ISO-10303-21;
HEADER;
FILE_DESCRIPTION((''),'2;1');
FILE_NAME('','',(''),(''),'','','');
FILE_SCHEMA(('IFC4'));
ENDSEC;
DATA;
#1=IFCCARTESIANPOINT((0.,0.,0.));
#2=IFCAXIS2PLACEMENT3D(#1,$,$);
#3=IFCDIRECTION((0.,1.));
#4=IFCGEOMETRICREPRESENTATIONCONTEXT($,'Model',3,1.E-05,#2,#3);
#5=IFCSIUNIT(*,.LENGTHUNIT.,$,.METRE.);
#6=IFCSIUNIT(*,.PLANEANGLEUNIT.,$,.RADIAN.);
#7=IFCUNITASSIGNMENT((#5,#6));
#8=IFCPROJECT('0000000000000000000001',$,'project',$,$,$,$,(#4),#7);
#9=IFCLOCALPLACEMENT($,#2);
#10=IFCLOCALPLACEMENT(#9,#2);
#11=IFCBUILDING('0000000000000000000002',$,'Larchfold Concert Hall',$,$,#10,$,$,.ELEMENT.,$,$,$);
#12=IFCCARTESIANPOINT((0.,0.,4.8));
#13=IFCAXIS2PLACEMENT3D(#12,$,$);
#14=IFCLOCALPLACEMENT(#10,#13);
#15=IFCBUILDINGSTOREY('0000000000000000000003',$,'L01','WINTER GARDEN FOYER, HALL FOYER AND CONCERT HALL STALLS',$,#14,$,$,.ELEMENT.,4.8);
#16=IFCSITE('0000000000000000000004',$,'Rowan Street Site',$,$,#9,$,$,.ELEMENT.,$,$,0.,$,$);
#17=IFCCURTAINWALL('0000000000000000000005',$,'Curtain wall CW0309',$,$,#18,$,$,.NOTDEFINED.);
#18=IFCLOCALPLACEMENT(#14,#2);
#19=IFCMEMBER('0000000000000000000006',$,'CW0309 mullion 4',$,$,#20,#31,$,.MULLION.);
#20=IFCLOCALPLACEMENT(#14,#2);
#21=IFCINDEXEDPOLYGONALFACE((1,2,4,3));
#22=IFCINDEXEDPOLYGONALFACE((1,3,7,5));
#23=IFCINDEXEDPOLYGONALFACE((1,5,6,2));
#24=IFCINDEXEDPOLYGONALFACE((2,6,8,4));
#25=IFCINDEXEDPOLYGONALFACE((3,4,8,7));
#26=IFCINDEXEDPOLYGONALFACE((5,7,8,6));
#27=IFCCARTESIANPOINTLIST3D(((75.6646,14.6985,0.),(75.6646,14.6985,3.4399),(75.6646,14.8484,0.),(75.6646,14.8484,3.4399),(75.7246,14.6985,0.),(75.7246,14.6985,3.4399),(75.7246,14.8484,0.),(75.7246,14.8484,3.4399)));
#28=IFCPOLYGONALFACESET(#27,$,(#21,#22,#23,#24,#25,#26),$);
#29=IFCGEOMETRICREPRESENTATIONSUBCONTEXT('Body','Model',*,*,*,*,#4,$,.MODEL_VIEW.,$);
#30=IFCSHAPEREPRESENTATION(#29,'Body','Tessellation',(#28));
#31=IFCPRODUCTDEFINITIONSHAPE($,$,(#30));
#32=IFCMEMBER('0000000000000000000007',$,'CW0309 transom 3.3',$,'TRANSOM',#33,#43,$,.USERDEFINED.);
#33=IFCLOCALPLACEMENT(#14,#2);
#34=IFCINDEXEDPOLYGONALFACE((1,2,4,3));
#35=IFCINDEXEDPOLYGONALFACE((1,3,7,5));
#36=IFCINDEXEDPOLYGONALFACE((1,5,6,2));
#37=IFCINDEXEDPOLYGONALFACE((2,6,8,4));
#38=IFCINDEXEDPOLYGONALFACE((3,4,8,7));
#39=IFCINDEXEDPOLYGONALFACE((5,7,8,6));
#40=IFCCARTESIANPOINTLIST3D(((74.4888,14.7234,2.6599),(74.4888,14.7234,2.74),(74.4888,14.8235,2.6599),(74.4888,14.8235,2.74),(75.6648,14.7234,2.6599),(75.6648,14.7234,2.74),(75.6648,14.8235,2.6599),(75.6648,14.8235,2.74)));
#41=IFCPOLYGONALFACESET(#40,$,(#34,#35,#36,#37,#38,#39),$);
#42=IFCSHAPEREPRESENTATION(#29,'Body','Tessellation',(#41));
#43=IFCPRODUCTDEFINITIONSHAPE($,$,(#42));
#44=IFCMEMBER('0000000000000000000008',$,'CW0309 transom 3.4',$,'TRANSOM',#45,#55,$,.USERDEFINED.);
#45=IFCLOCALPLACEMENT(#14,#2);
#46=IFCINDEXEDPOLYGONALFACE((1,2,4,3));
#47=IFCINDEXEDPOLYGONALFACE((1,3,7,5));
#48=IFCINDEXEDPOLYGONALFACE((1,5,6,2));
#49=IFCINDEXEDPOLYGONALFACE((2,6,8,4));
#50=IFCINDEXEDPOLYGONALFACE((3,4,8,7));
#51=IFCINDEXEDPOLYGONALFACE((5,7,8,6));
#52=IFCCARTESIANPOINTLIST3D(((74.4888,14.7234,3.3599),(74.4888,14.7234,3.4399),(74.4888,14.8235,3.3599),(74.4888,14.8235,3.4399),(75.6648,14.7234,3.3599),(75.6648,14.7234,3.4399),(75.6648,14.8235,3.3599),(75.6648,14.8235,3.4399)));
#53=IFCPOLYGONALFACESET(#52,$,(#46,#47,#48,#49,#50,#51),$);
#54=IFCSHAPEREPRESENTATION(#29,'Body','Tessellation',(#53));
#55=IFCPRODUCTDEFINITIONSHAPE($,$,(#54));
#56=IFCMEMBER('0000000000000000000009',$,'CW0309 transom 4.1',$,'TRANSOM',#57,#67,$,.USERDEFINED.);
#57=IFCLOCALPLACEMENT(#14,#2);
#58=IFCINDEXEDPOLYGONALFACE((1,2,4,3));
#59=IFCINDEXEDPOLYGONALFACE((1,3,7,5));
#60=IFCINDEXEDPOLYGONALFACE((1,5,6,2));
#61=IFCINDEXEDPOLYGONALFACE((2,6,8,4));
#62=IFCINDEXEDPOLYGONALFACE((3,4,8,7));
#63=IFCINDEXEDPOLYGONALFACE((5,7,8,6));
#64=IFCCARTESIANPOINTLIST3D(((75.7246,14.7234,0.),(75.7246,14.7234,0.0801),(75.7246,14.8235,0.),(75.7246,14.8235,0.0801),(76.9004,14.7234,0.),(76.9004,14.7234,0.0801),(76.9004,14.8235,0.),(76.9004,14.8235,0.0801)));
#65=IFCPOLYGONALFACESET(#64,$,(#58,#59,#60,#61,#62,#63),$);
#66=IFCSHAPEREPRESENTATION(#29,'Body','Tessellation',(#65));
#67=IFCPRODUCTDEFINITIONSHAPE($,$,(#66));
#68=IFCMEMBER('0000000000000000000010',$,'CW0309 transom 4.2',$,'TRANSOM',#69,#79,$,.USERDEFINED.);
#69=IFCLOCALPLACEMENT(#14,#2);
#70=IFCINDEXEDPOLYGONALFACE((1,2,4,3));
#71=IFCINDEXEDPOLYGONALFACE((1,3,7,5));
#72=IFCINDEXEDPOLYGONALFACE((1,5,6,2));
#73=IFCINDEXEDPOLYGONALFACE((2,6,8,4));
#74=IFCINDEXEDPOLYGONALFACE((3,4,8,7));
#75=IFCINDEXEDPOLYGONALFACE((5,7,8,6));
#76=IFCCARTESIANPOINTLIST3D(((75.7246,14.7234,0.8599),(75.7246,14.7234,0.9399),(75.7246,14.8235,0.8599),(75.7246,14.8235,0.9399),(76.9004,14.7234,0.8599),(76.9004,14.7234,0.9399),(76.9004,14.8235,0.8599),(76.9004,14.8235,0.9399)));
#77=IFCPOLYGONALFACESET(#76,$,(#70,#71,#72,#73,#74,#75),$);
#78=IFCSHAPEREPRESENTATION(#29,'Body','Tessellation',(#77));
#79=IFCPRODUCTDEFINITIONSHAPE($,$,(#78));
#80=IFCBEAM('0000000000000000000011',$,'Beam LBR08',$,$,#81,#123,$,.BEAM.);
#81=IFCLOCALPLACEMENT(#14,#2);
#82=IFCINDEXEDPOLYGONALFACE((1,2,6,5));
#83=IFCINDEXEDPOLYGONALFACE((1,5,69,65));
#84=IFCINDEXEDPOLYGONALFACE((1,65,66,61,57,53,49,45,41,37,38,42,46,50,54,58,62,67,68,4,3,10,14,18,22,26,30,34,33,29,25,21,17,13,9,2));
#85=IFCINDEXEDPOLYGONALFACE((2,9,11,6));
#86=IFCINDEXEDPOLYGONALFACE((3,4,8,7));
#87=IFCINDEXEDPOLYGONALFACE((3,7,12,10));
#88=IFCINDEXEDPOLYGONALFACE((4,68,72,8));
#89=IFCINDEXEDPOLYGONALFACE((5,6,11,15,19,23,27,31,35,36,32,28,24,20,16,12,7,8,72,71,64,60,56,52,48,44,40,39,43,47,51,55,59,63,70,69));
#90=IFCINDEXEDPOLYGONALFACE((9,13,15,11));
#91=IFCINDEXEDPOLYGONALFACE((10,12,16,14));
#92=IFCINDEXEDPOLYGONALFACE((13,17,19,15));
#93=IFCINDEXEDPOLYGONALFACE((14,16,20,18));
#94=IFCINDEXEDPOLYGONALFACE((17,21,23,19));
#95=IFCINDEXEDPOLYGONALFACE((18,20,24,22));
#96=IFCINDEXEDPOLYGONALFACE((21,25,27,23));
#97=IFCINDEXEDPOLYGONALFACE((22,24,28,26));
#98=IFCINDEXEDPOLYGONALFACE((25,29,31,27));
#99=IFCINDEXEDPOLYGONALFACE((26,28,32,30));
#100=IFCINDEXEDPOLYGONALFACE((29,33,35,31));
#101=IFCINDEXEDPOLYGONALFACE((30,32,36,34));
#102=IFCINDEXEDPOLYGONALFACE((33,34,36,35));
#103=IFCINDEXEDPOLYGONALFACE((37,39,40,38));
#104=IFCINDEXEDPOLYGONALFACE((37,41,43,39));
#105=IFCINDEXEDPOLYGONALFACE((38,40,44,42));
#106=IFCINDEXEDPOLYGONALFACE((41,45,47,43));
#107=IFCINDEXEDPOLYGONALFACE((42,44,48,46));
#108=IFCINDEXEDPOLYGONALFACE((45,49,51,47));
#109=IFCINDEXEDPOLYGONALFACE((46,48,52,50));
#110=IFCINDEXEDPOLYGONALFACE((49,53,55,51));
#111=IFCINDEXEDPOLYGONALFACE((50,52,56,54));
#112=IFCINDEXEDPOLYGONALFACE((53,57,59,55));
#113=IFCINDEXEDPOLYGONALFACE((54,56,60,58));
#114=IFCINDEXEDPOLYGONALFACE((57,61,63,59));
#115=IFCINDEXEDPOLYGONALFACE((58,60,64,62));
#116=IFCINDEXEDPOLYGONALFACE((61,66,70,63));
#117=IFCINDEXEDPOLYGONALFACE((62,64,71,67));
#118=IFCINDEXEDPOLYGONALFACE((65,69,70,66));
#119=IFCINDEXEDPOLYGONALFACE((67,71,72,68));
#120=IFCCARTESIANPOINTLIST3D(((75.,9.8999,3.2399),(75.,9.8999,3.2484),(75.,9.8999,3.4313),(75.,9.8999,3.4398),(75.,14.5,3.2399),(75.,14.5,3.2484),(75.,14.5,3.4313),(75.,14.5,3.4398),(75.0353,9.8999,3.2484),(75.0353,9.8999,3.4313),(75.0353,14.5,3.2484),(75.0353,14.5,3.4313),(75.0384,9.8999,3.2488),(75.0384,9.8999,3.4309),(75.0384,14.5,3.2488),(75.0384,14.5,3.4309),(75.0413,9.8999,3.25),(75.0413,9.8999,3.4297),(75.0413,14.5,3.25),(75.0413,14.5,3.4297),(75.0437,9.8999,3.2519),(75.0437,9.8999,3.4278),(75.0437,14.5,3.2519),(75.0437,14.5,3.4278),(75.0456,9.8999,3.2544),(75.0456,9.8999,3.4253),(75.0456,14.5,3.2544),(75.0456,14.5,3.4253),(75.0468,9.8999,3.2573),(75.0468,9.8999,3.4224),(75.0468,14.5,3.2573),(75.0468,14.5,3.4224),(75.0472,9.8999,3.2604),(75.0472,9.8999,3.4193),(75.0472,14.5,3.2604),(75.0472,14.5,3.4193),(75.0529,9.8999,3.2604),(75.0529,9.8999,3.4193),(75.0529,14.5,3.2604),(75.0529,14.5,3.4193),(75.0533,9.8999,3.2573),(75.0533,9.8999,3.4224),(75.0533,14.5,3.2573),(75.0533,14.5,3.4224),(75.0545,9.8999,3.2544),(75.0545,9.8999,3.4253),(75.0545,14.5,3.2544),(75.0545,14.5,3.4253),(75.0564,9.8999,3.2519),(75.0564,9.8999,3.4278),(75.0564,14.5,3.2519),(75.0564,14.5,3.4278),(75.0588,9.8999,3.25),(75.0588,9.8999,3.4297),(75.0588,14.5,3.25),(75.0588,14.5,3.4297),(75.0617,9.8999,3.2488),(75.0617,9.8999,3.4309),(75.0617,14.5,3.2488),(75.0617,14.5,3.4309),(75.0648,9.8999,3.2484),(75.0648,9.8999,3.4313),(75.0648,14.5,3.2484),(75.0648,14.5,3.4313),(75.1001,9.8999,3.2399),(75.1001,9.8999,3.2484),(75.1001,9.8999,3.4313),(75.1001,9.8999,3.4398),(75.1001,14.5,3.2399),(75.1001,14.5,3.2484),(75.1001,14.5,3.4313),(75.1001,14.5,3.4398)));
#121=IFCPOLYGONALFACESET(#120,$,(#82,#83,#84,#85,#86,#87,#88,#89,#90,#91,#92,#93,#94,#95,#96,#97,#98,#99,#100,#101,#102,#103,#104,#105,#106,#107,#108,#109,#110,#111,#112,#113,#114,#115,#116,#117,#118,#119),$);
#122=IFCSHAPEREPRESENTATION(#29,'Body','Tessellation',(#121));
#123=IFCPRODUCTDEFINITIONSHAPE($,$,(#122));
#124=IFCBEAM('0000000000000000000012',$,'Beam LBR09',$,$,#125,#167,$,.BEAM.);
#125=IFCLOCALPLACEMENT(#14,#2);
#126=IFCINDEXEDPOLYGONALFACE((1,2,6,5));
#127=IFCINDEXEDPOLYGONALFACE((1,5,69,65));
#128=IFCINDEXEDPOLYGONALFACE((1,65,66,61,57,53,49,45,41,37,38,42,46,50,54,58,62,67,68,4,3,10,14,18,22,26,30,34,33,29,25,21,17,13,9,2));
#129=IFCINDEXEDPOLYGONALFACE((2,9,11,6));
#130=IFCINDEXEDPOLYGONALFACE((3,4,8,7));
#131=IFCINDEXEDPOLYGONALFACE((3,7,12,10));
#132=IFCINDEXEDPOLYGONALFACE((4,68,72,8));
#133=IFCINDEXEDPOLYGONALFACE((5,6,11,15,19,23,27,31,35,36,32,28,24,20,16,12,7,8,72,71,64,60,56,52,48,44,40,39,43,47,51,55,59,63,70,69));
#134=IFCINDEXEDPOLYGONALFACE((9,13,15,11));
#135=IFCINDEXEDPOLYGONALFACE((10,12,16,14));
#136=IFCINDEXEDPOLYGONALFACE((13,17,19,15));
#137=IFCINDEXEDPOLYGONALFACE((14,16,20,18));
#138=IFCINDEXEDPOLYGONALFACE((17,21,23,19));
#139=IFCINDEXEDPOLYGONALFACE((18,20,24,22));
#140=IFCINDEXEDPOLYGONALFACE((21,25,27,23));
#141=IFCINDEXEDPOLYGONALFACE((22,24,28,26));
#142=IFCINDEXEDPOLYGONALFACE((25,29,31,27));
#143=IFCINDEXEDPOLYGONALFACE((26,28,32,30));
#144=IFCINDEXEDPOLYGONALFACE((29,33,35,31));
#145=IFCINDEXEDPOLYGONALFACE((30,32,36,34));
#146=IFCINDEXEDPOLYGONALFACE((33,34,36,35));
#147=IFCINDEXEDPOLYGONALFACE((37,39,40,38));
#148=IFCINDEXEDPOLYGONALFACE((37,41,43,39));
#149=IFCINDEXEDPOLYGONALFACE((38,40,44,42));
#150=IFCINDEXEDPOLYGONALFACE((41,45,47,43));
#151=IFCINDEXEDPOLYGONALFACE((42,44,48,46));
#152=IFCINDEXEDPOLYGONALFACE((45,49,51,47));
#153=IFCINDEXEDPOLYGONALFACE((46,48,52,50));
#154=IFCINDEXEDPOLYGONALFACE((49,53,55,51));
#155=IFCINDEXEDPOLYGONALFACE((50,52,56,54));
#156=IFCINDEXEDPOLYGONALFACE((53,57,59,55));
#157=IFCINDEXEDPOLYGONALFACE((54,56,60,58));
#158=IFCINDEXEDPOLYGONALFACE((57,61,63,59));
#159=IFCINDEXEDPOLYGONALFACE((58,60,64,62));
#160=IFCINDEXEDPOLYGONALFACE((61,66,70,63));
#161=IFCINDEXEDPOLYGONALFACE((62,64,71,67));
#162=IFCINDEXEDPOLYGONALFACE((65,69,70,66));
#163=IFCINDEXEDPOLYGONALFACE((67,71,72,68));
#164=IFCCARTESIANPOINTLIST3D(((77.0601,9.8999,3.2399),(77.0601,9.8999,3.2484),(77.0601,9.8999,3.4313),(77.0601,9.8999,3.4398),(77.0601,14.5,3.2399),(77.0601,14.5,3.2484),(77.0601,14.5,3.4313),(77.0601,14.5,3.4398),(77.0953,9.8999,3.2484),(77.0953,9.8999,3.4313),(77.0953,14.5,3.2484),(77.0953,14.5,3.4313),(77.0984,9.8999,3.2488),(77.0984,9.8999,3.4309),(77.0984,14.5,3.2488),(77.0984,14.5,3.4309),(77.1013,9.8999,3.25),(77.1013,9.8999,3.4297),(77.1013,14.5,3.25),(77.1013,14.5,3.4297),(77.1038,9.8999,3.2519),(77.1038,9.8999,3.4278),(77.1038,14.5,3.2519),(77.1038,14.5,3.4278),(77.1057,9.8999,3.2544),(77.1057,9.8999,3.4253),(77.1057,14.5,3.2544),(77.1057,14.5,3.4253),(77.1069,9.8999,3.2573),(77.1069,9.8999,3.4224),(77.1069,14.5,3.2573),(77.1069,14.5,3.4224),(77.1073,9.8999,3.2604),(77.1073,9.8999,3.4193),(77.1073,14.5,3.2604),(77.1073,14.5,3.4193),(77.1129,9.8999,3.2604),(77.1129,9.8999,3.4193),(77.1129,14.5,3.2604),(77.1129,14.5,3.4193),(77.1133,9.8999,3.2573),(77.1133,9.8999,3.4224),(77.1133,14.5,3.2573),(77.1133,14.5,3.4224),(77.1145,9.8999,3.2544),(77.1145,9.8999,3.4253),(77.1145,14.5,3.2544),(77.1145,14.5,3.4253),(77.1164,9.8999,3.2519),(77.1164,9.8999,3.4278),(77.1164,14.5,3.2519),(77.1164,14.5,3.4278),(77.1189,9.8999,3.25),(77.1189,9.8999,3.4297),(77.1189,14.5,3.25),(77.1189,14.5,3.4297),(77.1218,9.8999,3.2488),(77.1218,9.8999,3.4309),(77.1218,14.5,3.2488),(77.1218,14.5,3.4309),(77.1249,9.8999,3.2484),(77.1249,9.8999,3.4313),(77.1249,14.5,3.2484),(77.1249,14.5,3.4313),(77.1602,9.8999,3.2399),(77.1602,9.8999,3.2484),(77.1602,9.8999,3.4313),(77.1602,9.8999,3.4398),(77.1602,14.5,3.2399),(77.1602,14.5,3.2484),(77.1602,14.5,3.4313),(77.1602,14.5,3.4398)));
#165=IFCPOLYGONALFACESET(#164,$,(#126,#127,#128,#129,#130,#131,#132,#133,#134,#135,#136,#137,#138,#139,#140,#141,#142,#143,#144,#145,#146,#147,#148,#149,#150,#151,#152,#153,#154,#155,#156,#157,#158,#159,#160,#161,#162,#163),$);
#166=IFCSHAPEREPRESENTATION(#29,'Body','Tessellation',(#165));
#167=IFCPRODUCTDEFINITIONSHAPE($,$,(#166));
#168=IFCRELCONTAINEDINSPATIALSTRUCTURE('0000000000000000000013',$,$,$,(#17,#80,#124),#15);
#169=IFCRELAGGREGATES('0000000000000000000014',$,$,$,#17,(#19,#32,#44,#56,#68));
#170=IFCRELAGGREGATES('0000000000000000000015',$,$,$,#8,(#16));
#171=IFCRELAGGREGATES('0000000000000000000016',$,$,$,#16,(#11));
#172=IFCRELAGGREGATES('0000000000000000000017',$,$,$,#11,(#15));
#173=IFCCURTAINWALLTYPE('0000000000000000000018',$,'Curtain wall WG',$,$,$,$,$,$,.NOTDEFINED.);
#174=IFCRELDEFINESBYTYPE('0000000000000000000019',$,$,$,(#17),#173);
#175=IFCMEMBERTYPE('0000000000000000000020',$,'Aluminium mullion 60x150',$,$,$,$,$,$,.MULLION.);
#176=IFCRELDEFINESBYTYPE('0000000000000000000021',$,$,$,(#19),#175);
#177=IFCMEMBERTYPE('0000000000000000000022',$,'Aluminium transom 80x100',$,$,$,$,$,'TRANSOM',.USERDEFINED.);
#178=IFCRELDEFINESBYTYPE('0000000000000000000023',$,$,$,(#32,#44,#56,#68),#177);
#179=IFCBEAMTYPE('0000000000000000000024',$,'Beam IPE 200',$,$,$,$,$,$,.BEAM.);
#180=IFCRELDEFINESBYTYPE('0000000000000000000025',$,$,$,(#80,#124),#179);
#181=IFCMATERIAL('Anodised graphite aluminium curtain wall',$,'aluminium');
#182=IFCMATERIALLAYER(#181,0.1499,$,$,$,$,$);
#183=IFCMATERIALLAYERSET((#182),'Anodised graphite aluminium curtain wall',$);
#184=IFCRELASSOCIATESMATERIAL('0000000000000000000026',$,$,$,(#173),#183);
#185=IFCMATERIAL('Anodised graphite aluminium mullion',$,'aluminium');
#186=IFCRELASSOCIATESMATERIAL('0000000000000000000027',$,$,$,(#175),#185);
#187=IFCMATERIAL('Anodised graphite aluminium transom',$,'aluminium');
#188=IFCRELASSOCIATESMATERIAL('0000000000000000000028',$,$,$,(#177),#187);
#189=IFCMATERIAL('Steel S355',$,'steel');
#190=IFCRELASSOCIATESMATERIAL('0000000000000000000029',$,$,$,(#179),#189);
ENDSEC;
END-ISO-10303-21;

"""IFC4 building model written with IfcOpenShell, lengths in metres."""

from ifc_helpers import new_model, si_unit, direction, frame, origin, origin_2d, place, context, subcontext, project, spatial, rectangle, i_section, extrude, material, layer, layer_set, material_profile, profile_set, type_object, element, aggregate, save


model = new_model("IFC4")

# Units and contexts
model_context = context("Model", 3, precision=1e-05, world=origin(), true_north=direction((0.0, 1.0)))
body_context = subcontext(model_context, "Body", "Model", "MODEL_VIEW")
ifc_project = project(units=[si_unit("LENGTHUNIT", "METRE"), si_unit("PLANEANGLEUNIT", "RADIAN")], contexts=[model_context])

# Site, building, storey
site_placement = place(None, origin())
site = spatial("IfcSite", under=ifc_project, at=site_placement, Name="Rowan Street Site", CompositionType="ELEMENT", RefElevation=0.0)
building_placement = place(site_placement, origin())
building = spatial("IfcBuilding", under=site, at=building_placement, Name="Larchfold Concert Hall", CompositionType="ELEMENT")
storey_placement = place(building_placement, frame((0.0, 0.0, 4.8)))
storey = spatial("IfcBuildingStorey", under=building, at=storey_placement, Name="L01", Description="WINTER GARDEN FOYER, HALL FOYER AND CONCERT HALL STALLS", CompositionType="ELEMENT", Elevation=4.8)

# Curtain wall, members
ifc_material_1 = material(Name="Anodised graphite aluminium curtain wall", Category="aluminium")
ifc_layer_1 = layer(ifc_material_1, 0.1499)
ifc_layer_set_1 = layer_set([ifc_layer_1], Name="Anodised graphite aluminium curtain wall")
curtain_wall_type = type_object("IfcCurtainWallType", Name="Curtain wall WG", PredefinedType="NOTDEFINED", material=ifc_layer_set_1)
curtain_wall_placement = place(storey_placement, origin())
curtain_wall = element("IfcCurtainWall", 1, at=curtain_wall_placement, inside=storey, type_object=curtain_wall_type, Name="Curtain wall CW0309", PredefinedType="NOTDEFINED")
ifc_material_2 = material(Name="Anodised graphite aluminium mullion", Category="aluminium")
ifc_material_profile_1 = material_profile(ifc_material_2, rectangle(XDim=0.1499, YDim=0.0601, at=origin_2d()))
ifc_profile_set_1 = profile_set([ifc_material_profile_1], Name="Anodised graphite aluminium mullion")
member_type_1 = type_object("IfcMemberType", Name="Aluminium mullion 60x150", PredefinedType="MULLION", material=ifc_profile_set_1)
member_1_placement = place(storey_placement, frame((75.6946, 14.7734, 0.0), z_axis=(0.0, 0.0, 1.0), x_axis=(0.0, 1.0, 0.0)))
member_1 = element("IfcMember", 2, at=member_1_placement, type_object=member_type_1, Name="CW0309 mullion 4", PredefinedType="MULLION", context=body_context, shape_type="SweptSolid", body=[
    extrude(rectangle(XDim=0.1499, YDim=0.0601, at=origin_2d()), origin(), (0.0, 0.0, 1.0), 3.4399),
])
ifc_material_3 = material(Name="Anodised graphite aluminium transom", Category="aluminium")
ifc_material_profile_2 = material_profile(ifc_material_3, rectangle(XDim=0.1001, YDim=0.0801, at=origin_2d()))
ifc_profile_set_2 = profile_set([ifc_material_profile_2], Name="Anodised graphite aluminium transom")
member_type_2 = type_object("IfcMemberType", Name="Aluminium transom 80x100", ElementType="TRANSOM", PredefinedType="USERDEFINED", material=ifc_profile_set_2)
member_2_placement = place(storey_placement, frame((74.4888, 14.7734, 2.7), z_axis=(1.0, 0.0, 0.0), x_axis=(0.0, 1.0, 0.0)))
member_2 = element("IfcMember", 3, at=member_2_placement, type_object=member_type_2, Name="CW0309 transom 3.3", ObjectType="TRANSOM", PredefinedType="USERDEFINED", context=body_context, shape_type="SweptSolid", body=[
    extrude(rectangle(XDim=0.1001, YDim=0.0801, at=origin_2d()), origin(), (0.0, 0.0, 1.0), 1.176),
])
member_3_placement = place(storey_placement, frame((74.4888, 14.7734, 3.3999), z_axis=(1.0, 0.0, 0.0), x_axis=(0.0, 1.0, 0.0)))
member_3 = element("IfcMember", 4, at=member_3_placement, type_object=member_type_2, Name="CW0309 transom 3.4", ObjectType="TRANSOM", PredefinedType="USERDEFINED", context=body_context, shape_type="SweptSolid", body=[
    extrude(rectangle(XDim=0.1001, YDim=0.0801, at=origin_2d()), origin(), (0.0, 0.0, 1.0), 1.176),
])
member_4_placement = place(storey_placement, frame((75.7246, 14.7734, 0.04), z_axis=(1.0, 0.0, 0.0), x_axis=(0.0, 1.0, 0.0)))
member_4 = element("IfcMember", 5, at=member_4_placement, type_object=member_type_2, Name="CW0309 transom 4.1", ObjectType="TRANSOM", PredefinedType="USERDEFINED", context=body_context, shape_type="SweptSolid", body=[
    extrude(rectangle(XDim=0.1001, YDim=0.0801, at=origin_2d()), origin(), (0.0, 0.0, 1.0), 1.1758),
])
member_5_placement = place(storey_placement, frame((75.7246, 14.7734, 0.8999), z_axis=(1.0, 0.0, 0.0), x_axis=(0.0, 1.0, 0.0)))
member_5 = element("IfcMember", 6, at=member_5_placement, type_object=member_type_2, Name="CW0309 transom 4.2", ObjectType="TRANSOM", PredefinedType="USERDEFINED", context=body_context, shape_type="SweptSolid", body=[
    extrude(rectangle(XDim=0.1001, YDim=0.0801, at=origin_2d()), origin(), (0.0, 0.0, 1.0), 1.1758),
])

# Beams
ifc_material_4 = material(Name="Steel S355", Category="steel")
ifc_material_profile_3 = material_profile(ifc_material_4, i_section(OverallWidth=0.1001, OverallDepth=0.2, WebThickness=0.0056, FlangeThickness=0.0085, FilletRadius=0.012, at=origin_2d()))
ifc_profile_set_3 = profile_set([ifc_material_profile_3], Name="Steel S355")
beam_type_1 = type_object("IfcBeamType", Name="Beam IPE 200", PredefinedType="BEAM", material=ifc_profile_set_3)
for number, where, z_axis, x_axis, name in (
    (7, (75.05, 9.8999, 3.3398), (0.0, 1.0, 0.0), (-1.0, 0.0, 0.0), "Beam LBR08"),
    (8, (77.1101, 9.8999, 3.3398), (0.0, 1.0, 0.0), (-1.0, 0.0, 0.0), "Beam LBR09"),
):
    element("IfcBeam", number, at=place(storey_placement, frame(where, z_axis=z_axis, x_axis=x_axis)), inside=storey, type_object=beam_type_1, Name=name, PredefinedType="BEAM", context=body_context, shape_type="SweptSolid", body=[
        extrude(i_section(OverallWidth=0.1001, OverallDepth=0.2, WebThickness=0.0056, FlangeThickness=0.0085, FilletRadius=0.012, at=origin_2d()), origin(), (0.0, 0.0, 1.0), 4.6001),
    ])

aggregate(curtain_wall, [member_1, member_2, member_3, member_4, member_5])

save(model, "model.ifc")
